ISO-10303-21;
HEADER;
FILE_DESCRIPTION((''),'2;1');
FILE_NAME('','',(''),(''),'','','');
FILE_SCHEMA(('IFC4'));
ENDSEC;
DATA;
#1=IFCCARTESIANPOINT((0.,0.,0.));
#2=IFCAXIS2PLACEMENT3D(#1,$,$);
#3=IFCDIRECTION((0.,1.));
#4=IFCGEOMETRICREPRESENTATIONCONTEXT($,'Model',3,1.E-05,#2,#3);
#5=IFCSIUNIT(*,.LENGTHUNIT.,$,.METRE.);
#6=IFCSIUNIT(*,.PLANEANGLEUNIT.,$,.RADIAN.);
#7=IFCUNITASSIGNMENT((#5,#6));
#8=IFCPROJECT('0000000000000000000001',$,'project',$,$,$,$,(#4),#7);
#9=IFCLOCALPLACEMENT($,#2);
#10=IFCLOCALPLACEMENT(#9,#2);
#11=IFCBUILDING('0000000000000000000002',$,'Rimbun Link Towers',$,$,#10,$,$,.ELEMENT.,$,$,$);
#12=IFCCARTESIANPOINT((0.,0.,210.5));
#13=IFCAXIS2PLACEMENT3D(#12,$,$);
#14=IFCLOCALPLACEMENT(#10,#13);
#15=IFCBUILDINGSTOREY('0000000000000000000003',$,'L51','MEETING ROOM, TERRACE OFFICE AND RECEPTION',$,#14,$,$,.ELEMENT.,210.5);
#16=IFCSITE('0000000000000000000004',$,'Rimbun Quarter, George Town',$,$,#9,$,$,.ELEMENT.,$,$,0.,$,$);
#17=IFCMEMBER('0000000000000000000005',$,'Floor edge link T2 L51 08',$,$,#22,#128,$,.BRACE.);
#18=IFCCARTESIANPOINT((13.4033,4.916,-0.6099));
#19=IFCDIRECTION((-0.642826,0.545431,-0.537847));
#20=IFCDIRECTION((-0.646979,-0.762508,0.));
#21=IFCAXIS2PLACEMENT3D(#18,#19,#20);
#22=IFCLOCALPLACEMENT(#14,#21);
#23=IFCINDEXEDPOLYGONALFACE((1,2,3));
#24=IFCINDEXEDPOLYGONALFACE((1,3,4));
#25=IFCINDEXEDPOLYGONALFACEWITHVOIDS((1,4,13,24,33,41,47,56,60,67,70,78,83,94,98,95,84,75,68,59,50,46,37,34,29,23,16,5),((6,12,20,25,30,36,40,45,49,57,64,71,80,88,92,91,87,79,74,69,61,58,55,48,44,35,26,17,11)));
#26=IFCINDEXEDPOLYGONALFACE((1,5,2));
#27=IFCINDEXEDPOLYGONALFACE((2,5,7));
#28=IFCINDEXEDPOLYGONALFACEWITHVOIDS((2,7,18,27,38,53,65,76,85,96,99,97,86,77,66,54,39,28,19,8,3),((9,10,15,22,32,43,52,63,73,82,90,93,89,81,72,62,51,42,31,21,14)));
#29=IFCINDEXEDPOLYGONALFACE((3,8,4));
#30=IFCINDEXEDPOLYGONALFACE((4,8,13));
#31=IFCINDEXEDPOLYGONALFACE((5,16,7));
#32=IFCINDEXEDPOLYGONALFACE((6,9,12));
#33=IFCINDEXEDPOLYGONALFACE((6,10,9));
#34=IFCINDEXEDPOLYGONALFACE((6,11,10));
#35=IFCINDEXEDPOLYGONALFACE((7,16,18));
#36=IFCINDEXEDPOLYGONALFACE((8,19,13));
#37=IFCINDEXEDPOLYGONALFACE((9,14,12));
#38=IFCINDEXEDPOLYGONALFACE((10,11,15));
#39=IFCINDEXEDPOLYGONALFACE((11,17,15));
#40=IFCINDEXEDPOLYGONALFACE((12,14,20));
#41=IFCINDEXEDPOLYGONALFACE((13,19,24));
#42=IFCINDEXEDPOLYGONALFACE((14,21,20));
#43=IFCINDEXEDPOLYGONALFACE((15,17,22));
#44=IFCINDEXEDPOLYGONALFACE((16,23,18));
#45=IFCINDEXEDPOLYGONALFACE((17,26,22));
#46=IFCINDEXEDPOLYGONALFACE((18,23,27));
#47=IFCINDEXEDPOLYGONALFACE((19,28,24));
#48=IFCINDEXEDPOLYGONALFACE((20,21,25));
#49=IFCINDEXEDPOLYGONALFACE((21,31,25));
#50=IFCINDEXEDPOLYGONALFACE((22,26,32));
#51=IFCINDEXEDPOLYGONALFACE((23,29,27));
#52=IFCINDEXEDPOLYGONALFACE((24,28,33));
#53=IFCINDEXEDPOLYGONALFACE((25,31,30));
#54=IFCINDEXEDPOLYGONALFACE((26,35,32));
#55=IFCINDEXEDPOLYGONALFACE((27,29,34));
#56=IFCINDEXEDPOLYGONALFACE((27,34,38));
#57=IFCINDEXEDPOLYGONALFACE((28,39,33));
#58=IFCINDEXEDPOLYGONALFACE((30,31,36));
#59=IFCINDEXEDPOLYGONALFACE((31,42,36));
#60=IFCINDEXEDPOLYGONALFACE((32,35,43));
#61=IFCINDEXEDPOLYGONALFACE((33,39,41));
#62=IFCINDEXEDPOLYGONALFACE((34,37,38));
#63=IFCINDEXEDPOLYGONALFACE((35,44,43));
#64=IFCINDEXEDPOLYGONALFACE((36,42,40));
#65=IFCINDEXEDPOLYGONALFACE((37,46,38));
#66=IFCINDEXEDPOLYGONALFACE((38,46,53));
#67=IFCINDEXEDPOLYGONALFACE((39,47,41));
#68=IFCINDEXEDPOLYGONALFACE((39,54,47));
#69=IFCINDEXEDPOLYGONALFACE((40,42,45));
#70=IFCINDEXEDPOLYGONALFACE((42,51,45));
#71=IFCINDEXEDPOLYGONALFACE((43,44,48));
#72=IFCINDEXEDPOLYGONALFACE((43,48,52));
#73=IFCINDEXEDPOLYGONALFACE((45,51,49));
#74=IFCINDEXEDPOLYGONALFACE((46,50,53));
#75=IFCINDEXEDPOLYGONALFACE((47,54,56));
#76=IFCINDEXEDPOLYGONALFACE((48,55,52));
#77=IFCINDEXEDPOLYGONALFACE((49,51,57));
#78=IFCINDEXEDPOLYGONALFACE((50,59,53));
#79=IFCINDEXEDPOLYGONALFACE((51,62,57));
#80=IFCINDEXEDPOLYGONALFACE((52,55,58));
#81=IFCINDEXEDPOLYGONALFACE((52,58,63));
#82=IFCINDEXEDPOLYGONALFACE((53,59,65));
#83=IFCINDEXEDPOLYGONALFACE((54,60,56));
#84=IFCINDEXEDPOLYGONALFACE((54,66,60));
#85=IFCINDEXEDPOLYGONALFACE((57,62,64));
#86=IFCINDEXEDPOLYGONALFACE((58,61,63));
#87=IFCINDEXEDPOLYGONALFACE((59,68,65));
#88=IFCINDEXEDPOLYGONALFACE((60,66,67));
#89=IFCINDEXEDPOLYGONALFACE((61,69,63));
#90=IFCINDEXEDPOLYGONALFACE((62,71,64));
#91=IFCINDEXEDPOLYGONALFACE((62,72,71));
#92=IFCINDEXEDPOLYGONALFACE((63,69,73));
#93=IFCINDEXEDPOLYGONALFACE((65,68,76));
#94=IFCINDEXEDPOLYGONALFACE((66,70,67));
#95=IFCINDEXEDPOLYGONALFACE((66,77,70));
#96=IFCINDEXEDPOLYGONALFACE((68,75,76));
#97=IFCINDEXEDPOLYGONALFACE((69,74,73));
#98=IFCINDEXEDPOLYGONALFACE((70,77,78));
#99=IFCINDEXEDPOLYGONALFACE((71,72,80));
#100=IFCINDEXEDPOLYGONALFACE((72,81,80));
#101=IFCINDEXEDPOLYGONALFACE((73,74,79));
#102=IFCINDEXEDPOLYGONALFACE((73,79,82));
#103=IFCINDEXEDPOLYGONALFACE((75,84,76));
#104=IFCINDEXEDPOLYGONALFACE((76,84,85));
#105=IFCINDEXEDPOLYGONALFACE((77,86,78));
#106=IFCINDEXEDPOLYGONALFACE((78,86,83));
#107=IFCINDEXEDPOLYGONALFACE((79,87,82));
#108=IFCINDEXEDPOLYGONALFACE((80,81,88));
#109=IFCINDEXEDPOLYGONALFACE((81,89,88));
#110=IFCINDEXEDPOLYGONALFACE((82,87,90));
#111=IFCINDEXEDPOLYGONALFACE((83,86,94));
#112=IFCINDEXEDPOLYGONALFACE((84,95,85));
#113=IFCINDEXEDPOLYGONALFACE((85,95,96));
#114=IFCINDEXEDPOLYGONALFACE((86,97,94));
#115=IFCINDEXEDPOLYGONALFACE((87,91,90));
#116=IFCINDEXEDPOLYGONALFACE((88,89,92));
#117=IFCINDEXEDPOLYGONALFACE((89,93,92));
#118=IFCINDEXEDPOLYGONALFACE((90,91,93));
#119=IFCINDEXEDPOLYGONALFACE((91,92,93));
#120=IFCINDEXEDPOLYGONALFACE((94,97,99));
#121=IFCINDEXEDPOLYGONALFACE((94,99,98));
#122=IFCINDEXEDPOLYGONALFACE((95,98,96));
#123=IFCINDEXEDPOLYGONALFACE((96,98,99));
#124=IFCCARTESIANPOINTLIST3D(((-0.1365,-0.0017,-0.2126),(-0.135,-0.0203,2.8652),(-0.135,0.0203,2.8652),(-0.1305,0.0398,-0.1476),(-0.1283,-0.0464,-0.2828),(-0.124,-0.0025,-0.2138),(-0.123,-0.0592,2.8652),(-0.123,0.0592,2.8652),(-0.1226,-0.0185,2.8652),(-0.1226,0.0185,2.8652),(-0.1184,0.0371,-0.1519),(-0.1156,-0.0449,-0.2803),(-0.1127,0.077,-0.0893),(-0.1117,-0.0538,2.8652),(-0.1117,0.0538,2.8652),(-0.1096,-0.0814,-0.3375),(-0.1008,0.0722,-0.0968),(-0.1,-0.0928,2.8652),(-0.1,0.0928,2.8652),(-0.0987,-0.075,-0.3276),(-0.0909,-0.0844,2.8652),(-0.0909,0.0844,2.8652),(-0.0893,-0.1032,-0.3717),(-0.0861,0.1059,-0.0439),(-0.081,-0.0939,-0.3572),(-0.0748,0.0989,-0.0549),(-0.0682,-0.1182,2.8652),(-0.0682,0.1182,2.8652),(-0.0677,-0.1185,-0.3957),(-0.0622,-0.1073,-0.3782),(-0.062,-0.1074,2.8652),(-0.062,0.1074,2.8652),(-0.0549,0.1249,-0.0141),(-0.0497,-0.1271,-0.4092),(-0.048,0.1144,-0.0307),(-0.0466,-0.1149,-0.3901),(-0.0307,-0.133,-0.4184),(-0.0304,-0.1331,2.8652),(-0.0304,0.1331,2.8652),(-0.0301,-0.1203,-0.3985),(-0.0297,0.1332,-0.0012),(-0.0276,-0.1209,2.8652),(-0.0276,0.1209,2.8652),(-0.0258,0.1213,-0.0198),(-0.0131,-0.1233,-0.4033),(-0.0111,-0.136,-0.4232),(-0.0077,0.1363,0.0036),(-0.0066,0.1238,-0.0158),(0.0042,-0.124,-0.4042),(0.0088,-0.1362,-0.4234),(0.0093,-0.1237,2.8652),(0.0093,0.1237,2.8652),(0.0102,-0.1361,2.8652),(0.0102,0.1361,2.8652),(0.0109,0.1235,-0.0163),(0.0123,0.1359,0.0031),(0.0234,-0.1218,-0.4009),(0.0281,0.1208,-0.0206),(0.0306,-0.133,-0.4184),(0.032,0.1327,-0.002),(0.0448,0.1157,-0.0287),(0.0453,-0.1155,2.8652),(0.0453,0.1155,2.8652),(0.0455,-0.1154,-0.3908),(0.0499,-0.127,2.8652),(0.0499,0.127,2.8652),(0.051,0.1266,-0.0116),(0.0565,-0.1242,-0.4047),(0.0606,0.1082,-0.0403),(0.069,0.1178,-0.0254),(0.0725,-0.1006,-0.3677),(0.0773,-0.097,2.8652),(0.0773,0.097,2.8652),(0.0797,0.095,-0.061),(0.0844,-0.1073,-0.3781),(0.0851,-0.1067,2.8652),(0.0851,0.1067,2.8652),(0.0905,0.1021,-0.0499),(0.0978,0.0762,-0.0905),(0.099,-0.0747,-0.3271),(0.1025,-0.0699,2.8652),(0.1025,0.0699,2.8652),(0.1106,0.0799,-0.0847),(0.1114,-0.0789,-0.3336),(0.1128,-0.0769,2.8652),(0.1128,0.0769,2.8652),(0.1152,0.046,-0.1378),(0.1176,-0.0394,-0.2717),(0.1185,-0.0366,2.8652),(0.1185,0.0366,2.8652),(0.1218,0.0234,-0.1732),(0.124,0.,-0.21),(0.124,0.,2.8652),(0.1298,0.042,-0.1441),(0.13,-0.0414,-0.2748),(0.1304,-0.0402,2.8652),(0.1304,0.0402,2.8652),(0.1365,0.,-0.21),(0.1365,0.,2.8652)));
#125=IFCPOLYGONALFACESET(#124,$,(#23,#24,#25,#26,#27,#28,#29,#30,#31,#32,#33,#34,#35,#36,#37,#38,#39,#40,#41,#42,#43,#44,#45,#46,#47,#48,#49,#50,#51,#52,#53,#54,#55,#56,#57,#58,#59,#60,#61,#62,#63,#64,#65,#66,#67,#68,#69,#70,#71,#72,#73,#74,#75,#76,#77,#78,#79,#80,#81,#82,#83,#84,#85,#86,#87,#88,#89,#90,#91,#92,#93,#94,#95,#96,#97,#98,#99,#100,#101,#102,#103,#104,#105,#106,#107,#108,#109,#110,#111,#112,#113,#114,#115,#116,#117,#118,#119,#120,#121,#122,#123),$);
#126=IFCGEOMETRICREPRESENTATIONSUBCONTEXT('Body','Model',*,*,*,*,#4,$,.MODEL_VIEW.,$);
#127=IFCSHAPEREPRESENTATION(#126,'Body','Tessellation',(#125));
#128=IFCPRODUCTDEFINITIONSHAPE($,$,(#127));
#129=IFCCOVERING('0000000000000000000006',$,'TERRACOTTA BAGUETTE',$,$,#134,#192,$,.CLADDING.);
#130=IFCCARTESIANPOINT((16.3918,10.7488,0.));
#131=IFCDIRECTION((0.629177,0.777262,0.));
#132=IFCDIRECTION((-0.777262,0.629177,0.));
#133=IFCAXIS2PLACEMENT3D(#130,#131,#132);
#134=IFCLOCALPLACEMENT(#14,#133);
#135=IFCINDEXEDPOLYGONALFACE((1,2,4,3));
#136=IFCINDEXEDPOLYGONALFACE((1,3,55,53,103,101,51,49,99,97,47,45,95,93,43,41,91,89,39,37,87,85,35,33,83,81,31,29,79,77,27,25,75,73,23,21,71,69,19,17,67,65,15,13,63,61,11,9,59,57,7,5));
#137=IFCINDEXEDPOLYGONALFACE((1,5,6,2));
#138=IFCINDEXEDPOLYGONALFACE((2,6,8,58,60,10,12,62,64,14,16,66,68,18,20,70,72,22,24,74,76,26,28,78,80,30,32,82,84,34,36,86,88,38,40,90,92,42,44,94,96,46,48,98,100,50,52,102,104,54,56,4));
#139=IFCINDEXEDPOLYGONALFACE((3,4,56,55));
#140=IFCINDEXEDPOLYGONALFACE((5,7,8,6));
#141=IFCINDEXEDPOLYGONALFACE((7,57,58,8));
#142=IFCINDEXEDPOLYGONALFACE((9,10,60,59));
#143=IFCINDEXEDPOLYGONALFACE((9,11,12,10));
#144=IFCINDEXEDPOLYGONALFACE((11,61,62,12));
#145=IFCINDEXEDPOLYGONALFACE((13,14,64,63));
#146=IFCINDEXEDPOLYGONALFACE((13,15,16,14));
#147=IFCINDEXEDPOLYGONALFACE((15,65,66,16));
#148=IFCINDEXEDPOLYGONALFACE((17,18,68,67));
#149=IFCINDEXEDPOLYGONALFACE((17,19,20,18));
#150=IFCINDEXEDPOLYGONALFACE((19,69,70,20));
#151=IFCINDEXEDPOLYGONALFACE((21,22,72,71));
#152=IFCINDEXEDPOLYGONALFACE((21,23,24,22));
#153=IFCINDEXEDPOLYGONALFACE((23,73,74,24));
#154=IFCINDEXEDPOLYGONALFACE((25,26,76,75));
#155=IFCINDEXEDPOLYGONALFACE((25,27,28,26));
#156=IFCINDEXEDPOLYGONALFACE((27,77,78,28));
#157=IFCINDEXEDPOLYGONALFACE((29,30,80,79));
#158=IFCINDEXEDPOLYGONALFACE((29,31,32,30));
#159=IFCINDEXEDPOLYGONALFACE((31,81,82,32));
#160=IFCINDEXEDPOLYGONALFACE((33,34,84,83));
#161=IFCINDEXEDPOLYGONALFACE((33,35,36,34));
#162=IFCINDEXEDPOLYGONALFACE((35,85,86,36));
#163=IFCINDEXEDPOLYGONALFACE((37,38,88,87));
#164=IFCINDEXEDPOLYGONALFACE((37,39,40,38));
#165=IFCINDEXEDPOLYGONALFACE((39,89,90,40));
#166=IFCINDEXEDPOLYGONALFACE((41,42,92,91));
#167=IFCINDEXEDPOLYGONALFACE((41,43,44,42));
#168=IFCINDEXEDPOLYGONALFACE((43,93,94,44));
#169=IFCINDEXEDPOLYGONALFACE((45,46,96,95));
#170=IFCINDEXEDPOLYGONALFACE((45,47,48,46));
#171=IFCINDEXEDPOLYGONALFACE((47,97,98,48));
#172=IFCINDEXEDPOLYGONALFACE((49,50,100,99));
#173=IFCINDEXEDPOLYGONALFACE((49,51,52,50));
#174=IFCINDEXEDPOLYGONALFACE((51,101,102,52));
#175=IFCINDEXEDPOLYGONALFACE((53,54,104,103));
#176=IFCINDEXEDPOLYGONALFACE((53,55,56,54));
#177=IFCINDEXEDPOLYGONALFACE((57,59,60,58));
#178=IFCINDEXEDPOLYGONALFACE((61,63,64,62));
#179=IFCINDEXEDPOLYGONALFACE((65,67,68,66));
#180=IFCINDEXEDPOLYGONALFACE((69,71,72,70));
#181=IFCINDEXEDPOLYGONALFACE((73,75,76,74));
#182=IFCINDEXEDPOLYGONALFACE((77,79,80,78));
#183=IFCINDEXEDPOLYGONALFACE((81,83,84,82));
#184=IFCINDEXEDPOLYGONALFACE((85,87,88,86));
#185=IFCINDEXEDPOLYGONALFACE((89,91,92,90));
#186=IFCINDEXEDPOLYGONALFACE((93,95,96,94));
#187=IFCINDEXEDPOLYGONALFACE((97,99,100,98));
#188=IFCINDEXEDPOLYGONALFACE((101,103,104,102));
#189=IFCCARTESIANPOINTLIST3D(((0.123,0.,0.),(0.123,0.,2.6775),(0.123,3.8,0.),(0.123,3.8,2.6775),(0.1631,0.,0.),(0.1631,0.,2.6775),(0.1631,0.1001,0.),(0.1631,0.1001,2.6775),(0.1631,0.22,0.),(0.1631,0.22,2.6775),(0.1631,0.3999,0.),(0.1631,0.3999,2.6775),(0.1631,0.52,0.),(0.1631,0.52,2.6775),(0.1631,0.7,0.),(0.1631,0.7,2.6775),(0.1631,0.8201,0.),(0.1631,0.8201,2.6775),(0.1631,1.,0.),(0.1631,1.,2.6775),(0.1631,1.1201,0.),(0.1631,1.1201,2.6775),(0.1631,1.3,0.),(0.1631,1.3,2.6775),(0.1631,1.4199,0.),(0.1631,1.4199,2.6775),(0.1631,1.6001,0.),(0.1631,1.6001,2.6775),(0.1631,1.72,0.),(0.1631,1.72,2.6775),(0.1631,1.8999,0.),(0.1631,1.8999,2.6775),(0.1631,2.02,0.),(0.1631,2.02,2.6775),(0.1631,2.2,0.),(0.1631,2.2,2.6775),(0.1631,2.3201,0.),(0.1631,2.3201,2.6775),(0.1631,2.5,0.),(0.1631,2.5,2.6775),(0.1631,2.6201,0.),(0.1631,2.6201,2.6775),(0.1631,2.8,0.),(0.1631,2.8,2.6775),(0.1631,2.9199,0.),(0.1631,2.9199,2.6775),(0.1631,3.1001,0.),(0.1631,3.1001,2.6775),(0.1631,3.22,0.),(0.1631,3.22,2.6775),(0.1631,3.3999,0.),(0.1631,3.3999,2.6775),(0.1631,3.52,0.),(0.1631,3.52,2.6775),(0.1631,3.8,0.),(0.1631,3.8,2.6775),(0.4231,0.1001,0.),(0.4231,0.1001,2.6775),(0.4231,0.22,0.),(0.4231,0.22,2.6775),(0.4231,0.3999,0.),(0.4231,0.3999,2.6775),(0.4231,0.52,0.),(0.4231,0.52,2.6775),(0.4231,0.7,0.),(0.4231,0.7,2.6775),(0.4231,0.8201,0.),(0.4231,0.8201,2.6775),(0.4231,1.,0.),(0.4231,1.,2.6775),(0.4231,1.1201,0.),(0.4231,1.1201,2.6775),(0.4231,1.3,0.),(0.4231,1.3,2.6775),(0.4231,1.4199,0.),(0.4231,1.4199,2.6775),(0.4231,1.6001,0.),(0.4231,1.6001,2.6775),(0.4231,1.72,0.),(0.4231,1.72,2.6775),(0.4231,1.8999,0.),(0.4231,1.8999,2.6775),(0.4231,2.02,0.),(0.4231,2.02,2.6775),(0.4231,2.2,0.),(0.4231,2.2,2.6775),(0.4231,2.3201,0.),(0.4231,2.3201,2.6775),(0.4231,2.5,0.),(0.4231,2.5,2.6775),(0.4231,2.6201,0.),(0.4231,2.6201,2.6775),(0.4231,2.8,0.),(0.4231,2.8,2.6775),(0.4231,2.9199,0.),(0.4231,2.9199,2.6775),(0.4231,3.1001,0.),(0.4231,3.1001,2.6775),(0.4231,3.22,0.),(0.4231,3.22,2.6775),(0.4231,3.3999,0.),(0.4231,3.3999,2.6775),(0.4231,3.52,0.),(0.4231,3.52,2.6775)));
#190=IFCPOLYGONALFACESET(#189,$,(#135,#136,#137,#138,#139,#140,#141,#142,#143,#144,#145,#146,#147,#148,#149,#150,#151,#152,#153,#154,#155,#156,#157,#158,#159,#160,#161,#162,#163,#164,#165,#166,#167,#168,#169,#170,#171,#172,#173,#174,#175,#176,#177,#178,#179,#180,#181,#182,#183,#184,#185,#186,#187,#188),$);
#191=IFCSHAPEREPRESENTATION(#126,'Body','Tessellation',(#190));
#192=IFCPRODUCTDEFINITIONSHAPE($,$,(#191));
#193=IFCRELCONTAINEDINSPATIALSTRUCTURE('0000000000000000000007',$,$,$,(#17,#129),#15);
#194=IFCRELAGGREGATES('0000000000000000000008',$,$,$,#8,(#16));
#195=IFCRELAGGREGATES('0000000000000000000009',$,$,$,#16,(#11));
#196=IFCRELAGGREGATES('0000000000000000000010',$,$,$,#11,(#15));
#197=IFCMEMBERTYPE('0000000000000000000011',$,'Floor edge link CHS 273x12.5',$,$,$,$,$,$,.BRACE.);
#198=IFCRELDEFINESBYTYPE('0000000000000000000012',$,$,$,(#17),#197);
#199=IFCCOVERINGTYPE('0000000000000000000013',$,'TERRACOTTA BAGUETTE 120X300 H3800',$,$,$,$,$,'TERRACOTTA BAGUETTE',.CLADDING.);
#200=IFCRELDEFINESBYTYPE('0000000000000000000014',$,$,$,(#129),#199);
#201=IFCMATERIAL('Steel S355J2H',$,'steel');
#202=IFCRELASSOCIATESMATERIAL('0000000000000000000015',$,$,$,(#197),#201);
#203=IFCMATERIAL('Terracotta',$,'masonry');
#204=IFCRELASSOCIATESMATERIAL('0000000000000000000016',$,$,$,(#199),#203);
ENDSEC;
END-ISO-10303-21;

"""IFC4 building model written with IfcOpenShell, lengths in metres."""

from ifc_helpers import new_model, si_unit, direction, frame, origin, origin_2d, place, context, subcontext, project, spatial, polyline, hollow_circle, outline, extrude, clip, halfspace, material, material_profile, profile_set, type_object, element, save


model = new_model("IFC4")

# Units and contexts
model_context = context("Model", 3, precision=1e-05, world=origin(), true_north=direction((0.0, 1.0)))
body_context = subcontext(model_context, "Body", "Model", "MODEL_VIEW")
ifc_project = project(units=[si_unit("LENGTHUNIT", "METRE"), si_unit("PLANEANGLEUNIT", "RADIAN")], contexts=[model_context])

# Site, building, storey
site_placement = place(None, origin())
site = spatial("IfcSite", under=ifc_project, at=site_placement, Name="Rimbun Quarter, George Town", CompositionType="ELEMENT", RefElevation=0.0)
building_placement = place(site_placement, origin())
building = spatial("IfcBuilding", under=site, at=building_placement, Name="Rimbun Link Towers", CompositionType="ELEMENT")
storey_placement = place(building_placement, frame((0.0, 0.0, 210.5)))
storey = spatial("IfcBuildingStorey", under=building, at=storey_placement, Name="L51", Description="MEETING ROOM, TERRACE OFFICE AND RECEPTION", CompositionType="ELEMENT", Elevation=210.5)

# Member
ifc_material_1 = material(Name="Steel S355J2H", Category="steel")
ifc_material_profile_1 = material_profile(ifc_material_1, hollow_circle(Radius=0.1365, WallThickness=0.0125, at=origin_2d()), Name="CHS 273x12.5")
ifc_profile_set_1 = profile_set([ifc_material_profile_1], Name="Steel S355J2H")
member_type_1 = type_object("IfcMemberType", Name="Floor edge link CHS 273x12.5", PredefinedType="BRACE", material=ifc_profile_set_1)
member_1_placement = place(storey_placement, frame((13.4033, 4.916, -0.6099), z_axis=(-0.642826, 0.545431, -0.537847), x_axis=(-0.646979, -0.762508, 0.0)))
element("IfcMember", 1, at=member_1_placement, inside=storey, type_object=member_type_1, Name="Floor edge link T2 L51 08", PredefinedType="BRACE", context=body_context, shape_type="Clipping", body=[
    clip(extrude(hollow_circle(Radius=0.1365, WallThickness=0.0125, at=origin_2d()), frame((0.0, 0.0, -0.4465)), (0.0, 0.0, 1.0), 3.3118), halfspace(frame((0.0, 0.0, -0.21), z_axis=(0.0, 0.843042, -0.537847)), False)),
])

# Covering
ifc_material_2 = material(Name="Terracotta", Category="masonry")
ifc_material_profile_2 = material_profile(ifc_material_2, outline(polyline([(0.123, 0.0), (0.1631, 0.0), (0.1631, 0.1001), (0.4231, 0.1001), (0.4231, 0.22), (0.1631, 0.22), (0.1631, 0.3999), (0.4231, 0.3999), (0.4231, 0.52), (0.1631, 0.52), (0.1631, 0.7), (0.4231, 0.7), (0.4231, 0.8201), (0.1631, 0.8201), (0.1631, 1.0), (0.4231, 1.0), (0.4231, 1.1201), (0.1631, 1.1201), (0.1631, 1.3), (0.4231, 1.3), (0.4231, 1.4199), (0.1631, 1.4199), (0.1631, 1.6001), (0.4231, 1.6001), (0.4231, 1.72), (0.1631, 1.72), (0.1631, 1.8999), (0.4231, 1.8999), (0.4231, 2.02), (0.1631, 2.02), (0.1631, 2.2), (0.4231, 2.2), (0.4231, 2.3201), (0.1631, 2.3201), (0.1631, 2.5), (0.4231, 2.5), (0.4231, 2.6201), (0.1631, 2.6201), (0.1631, 2.8), (0.4231, 2.8), (0.4231, 2.9199), (0.1631, 2.9199), (0.1631, 3.1001), (0.4231, 3.1001), (0.4231, 3.22), (0.1631, 3.22), (0.1631, 3.3999), (0.4231, 3.3999), (0.4231, 3.52), (0.1631, 3.52), (0.1631, 3.8), (0.123, 3.8), (0.123, 0.0)])), Name="BAGUETTE 120X300")
ifc_profile_set_2 = profile_set([ifc_material_profile_2], Name="Terracotta")
covering_type_1 = type_object("IfcCoveringType", Name="TERRACOTTA BAGUETTE 120X300 H3800", ElementType="TERRACOTTA BAGUETTE", PredefinedType="CLADDING", material=ifc_profile_set_2)
covering_1_placement = place(storey_placement, frame((16.3918, 10.7488, 0.0), z_axis=(0.629177, 0.777262, 0.0), x_axis=(-0.777262, 0.629177, 0.0)))
element("IfcCovering", 2, at=covering_1_placement, inside=storey, type_object=covering_type_1, Name="TERRACOTTA BAGUETTE", PredefinedType="CLADDING", context=body_context, shape_type="SweptSolid", body=[
    extrude(outline(polyline([(0.123, 0.0), (0.1631, 0.0), (0.1631, 0.1001), (0.4231, 0.1001), (0.4231, 0.22), (0.1631, 0.22), (0.1631, 0.3999), (0.4231, 0.3999), (0.4231, 0.52), (0.1631, 0.52), (0.1631, 0.7), (0.4231, 0.7), (0.4231, 0.8201), (0.1631, 0.8201), (0.1631, 1.0), (0.4231, 1.0), (0.4231, 1.1201), (0.1631, 1.1201), (0.1631, 1.3), (0.4231, 1.3), (0.4231, 1.4199), (0.1631, 1.4199), (0.1631, 1.6001), (0.4231, 1.6001), (0.4231, 1.72), (0.1631, 1.72), (0.1631, 1.8999), (0.4231, 1.8999), (0.4231, 2.02), (0.1631, 2.02), (0.1631, 2.2), (0.4231, 2.2), (0.4231, 2.3201), (0.1631, 2.3201), (0.1631, 2.5), (0.4231, 2.5), (0.4231, 2.6201), (0.1631, 2.6201), (0.1631, 2.8), (0.4231, 2.8), (0.4231, 2.9199), (0.1631, 2.9199), (0.1631, 3.1001), (0.4231, 3.1001), (0.4231, 3.22), (0.1631, 3.22), (0.1631, 3.3999), (0.4231, 3.3999), (0.4231, 3.52), (0.1631, 3.52), (0.1631, 3.8), (0.123, 3.8), (0.123, 0.0)])), origin(), (0.0, 0.0, 1.0), 2.6775),
])

save(model, "model.ifc")
